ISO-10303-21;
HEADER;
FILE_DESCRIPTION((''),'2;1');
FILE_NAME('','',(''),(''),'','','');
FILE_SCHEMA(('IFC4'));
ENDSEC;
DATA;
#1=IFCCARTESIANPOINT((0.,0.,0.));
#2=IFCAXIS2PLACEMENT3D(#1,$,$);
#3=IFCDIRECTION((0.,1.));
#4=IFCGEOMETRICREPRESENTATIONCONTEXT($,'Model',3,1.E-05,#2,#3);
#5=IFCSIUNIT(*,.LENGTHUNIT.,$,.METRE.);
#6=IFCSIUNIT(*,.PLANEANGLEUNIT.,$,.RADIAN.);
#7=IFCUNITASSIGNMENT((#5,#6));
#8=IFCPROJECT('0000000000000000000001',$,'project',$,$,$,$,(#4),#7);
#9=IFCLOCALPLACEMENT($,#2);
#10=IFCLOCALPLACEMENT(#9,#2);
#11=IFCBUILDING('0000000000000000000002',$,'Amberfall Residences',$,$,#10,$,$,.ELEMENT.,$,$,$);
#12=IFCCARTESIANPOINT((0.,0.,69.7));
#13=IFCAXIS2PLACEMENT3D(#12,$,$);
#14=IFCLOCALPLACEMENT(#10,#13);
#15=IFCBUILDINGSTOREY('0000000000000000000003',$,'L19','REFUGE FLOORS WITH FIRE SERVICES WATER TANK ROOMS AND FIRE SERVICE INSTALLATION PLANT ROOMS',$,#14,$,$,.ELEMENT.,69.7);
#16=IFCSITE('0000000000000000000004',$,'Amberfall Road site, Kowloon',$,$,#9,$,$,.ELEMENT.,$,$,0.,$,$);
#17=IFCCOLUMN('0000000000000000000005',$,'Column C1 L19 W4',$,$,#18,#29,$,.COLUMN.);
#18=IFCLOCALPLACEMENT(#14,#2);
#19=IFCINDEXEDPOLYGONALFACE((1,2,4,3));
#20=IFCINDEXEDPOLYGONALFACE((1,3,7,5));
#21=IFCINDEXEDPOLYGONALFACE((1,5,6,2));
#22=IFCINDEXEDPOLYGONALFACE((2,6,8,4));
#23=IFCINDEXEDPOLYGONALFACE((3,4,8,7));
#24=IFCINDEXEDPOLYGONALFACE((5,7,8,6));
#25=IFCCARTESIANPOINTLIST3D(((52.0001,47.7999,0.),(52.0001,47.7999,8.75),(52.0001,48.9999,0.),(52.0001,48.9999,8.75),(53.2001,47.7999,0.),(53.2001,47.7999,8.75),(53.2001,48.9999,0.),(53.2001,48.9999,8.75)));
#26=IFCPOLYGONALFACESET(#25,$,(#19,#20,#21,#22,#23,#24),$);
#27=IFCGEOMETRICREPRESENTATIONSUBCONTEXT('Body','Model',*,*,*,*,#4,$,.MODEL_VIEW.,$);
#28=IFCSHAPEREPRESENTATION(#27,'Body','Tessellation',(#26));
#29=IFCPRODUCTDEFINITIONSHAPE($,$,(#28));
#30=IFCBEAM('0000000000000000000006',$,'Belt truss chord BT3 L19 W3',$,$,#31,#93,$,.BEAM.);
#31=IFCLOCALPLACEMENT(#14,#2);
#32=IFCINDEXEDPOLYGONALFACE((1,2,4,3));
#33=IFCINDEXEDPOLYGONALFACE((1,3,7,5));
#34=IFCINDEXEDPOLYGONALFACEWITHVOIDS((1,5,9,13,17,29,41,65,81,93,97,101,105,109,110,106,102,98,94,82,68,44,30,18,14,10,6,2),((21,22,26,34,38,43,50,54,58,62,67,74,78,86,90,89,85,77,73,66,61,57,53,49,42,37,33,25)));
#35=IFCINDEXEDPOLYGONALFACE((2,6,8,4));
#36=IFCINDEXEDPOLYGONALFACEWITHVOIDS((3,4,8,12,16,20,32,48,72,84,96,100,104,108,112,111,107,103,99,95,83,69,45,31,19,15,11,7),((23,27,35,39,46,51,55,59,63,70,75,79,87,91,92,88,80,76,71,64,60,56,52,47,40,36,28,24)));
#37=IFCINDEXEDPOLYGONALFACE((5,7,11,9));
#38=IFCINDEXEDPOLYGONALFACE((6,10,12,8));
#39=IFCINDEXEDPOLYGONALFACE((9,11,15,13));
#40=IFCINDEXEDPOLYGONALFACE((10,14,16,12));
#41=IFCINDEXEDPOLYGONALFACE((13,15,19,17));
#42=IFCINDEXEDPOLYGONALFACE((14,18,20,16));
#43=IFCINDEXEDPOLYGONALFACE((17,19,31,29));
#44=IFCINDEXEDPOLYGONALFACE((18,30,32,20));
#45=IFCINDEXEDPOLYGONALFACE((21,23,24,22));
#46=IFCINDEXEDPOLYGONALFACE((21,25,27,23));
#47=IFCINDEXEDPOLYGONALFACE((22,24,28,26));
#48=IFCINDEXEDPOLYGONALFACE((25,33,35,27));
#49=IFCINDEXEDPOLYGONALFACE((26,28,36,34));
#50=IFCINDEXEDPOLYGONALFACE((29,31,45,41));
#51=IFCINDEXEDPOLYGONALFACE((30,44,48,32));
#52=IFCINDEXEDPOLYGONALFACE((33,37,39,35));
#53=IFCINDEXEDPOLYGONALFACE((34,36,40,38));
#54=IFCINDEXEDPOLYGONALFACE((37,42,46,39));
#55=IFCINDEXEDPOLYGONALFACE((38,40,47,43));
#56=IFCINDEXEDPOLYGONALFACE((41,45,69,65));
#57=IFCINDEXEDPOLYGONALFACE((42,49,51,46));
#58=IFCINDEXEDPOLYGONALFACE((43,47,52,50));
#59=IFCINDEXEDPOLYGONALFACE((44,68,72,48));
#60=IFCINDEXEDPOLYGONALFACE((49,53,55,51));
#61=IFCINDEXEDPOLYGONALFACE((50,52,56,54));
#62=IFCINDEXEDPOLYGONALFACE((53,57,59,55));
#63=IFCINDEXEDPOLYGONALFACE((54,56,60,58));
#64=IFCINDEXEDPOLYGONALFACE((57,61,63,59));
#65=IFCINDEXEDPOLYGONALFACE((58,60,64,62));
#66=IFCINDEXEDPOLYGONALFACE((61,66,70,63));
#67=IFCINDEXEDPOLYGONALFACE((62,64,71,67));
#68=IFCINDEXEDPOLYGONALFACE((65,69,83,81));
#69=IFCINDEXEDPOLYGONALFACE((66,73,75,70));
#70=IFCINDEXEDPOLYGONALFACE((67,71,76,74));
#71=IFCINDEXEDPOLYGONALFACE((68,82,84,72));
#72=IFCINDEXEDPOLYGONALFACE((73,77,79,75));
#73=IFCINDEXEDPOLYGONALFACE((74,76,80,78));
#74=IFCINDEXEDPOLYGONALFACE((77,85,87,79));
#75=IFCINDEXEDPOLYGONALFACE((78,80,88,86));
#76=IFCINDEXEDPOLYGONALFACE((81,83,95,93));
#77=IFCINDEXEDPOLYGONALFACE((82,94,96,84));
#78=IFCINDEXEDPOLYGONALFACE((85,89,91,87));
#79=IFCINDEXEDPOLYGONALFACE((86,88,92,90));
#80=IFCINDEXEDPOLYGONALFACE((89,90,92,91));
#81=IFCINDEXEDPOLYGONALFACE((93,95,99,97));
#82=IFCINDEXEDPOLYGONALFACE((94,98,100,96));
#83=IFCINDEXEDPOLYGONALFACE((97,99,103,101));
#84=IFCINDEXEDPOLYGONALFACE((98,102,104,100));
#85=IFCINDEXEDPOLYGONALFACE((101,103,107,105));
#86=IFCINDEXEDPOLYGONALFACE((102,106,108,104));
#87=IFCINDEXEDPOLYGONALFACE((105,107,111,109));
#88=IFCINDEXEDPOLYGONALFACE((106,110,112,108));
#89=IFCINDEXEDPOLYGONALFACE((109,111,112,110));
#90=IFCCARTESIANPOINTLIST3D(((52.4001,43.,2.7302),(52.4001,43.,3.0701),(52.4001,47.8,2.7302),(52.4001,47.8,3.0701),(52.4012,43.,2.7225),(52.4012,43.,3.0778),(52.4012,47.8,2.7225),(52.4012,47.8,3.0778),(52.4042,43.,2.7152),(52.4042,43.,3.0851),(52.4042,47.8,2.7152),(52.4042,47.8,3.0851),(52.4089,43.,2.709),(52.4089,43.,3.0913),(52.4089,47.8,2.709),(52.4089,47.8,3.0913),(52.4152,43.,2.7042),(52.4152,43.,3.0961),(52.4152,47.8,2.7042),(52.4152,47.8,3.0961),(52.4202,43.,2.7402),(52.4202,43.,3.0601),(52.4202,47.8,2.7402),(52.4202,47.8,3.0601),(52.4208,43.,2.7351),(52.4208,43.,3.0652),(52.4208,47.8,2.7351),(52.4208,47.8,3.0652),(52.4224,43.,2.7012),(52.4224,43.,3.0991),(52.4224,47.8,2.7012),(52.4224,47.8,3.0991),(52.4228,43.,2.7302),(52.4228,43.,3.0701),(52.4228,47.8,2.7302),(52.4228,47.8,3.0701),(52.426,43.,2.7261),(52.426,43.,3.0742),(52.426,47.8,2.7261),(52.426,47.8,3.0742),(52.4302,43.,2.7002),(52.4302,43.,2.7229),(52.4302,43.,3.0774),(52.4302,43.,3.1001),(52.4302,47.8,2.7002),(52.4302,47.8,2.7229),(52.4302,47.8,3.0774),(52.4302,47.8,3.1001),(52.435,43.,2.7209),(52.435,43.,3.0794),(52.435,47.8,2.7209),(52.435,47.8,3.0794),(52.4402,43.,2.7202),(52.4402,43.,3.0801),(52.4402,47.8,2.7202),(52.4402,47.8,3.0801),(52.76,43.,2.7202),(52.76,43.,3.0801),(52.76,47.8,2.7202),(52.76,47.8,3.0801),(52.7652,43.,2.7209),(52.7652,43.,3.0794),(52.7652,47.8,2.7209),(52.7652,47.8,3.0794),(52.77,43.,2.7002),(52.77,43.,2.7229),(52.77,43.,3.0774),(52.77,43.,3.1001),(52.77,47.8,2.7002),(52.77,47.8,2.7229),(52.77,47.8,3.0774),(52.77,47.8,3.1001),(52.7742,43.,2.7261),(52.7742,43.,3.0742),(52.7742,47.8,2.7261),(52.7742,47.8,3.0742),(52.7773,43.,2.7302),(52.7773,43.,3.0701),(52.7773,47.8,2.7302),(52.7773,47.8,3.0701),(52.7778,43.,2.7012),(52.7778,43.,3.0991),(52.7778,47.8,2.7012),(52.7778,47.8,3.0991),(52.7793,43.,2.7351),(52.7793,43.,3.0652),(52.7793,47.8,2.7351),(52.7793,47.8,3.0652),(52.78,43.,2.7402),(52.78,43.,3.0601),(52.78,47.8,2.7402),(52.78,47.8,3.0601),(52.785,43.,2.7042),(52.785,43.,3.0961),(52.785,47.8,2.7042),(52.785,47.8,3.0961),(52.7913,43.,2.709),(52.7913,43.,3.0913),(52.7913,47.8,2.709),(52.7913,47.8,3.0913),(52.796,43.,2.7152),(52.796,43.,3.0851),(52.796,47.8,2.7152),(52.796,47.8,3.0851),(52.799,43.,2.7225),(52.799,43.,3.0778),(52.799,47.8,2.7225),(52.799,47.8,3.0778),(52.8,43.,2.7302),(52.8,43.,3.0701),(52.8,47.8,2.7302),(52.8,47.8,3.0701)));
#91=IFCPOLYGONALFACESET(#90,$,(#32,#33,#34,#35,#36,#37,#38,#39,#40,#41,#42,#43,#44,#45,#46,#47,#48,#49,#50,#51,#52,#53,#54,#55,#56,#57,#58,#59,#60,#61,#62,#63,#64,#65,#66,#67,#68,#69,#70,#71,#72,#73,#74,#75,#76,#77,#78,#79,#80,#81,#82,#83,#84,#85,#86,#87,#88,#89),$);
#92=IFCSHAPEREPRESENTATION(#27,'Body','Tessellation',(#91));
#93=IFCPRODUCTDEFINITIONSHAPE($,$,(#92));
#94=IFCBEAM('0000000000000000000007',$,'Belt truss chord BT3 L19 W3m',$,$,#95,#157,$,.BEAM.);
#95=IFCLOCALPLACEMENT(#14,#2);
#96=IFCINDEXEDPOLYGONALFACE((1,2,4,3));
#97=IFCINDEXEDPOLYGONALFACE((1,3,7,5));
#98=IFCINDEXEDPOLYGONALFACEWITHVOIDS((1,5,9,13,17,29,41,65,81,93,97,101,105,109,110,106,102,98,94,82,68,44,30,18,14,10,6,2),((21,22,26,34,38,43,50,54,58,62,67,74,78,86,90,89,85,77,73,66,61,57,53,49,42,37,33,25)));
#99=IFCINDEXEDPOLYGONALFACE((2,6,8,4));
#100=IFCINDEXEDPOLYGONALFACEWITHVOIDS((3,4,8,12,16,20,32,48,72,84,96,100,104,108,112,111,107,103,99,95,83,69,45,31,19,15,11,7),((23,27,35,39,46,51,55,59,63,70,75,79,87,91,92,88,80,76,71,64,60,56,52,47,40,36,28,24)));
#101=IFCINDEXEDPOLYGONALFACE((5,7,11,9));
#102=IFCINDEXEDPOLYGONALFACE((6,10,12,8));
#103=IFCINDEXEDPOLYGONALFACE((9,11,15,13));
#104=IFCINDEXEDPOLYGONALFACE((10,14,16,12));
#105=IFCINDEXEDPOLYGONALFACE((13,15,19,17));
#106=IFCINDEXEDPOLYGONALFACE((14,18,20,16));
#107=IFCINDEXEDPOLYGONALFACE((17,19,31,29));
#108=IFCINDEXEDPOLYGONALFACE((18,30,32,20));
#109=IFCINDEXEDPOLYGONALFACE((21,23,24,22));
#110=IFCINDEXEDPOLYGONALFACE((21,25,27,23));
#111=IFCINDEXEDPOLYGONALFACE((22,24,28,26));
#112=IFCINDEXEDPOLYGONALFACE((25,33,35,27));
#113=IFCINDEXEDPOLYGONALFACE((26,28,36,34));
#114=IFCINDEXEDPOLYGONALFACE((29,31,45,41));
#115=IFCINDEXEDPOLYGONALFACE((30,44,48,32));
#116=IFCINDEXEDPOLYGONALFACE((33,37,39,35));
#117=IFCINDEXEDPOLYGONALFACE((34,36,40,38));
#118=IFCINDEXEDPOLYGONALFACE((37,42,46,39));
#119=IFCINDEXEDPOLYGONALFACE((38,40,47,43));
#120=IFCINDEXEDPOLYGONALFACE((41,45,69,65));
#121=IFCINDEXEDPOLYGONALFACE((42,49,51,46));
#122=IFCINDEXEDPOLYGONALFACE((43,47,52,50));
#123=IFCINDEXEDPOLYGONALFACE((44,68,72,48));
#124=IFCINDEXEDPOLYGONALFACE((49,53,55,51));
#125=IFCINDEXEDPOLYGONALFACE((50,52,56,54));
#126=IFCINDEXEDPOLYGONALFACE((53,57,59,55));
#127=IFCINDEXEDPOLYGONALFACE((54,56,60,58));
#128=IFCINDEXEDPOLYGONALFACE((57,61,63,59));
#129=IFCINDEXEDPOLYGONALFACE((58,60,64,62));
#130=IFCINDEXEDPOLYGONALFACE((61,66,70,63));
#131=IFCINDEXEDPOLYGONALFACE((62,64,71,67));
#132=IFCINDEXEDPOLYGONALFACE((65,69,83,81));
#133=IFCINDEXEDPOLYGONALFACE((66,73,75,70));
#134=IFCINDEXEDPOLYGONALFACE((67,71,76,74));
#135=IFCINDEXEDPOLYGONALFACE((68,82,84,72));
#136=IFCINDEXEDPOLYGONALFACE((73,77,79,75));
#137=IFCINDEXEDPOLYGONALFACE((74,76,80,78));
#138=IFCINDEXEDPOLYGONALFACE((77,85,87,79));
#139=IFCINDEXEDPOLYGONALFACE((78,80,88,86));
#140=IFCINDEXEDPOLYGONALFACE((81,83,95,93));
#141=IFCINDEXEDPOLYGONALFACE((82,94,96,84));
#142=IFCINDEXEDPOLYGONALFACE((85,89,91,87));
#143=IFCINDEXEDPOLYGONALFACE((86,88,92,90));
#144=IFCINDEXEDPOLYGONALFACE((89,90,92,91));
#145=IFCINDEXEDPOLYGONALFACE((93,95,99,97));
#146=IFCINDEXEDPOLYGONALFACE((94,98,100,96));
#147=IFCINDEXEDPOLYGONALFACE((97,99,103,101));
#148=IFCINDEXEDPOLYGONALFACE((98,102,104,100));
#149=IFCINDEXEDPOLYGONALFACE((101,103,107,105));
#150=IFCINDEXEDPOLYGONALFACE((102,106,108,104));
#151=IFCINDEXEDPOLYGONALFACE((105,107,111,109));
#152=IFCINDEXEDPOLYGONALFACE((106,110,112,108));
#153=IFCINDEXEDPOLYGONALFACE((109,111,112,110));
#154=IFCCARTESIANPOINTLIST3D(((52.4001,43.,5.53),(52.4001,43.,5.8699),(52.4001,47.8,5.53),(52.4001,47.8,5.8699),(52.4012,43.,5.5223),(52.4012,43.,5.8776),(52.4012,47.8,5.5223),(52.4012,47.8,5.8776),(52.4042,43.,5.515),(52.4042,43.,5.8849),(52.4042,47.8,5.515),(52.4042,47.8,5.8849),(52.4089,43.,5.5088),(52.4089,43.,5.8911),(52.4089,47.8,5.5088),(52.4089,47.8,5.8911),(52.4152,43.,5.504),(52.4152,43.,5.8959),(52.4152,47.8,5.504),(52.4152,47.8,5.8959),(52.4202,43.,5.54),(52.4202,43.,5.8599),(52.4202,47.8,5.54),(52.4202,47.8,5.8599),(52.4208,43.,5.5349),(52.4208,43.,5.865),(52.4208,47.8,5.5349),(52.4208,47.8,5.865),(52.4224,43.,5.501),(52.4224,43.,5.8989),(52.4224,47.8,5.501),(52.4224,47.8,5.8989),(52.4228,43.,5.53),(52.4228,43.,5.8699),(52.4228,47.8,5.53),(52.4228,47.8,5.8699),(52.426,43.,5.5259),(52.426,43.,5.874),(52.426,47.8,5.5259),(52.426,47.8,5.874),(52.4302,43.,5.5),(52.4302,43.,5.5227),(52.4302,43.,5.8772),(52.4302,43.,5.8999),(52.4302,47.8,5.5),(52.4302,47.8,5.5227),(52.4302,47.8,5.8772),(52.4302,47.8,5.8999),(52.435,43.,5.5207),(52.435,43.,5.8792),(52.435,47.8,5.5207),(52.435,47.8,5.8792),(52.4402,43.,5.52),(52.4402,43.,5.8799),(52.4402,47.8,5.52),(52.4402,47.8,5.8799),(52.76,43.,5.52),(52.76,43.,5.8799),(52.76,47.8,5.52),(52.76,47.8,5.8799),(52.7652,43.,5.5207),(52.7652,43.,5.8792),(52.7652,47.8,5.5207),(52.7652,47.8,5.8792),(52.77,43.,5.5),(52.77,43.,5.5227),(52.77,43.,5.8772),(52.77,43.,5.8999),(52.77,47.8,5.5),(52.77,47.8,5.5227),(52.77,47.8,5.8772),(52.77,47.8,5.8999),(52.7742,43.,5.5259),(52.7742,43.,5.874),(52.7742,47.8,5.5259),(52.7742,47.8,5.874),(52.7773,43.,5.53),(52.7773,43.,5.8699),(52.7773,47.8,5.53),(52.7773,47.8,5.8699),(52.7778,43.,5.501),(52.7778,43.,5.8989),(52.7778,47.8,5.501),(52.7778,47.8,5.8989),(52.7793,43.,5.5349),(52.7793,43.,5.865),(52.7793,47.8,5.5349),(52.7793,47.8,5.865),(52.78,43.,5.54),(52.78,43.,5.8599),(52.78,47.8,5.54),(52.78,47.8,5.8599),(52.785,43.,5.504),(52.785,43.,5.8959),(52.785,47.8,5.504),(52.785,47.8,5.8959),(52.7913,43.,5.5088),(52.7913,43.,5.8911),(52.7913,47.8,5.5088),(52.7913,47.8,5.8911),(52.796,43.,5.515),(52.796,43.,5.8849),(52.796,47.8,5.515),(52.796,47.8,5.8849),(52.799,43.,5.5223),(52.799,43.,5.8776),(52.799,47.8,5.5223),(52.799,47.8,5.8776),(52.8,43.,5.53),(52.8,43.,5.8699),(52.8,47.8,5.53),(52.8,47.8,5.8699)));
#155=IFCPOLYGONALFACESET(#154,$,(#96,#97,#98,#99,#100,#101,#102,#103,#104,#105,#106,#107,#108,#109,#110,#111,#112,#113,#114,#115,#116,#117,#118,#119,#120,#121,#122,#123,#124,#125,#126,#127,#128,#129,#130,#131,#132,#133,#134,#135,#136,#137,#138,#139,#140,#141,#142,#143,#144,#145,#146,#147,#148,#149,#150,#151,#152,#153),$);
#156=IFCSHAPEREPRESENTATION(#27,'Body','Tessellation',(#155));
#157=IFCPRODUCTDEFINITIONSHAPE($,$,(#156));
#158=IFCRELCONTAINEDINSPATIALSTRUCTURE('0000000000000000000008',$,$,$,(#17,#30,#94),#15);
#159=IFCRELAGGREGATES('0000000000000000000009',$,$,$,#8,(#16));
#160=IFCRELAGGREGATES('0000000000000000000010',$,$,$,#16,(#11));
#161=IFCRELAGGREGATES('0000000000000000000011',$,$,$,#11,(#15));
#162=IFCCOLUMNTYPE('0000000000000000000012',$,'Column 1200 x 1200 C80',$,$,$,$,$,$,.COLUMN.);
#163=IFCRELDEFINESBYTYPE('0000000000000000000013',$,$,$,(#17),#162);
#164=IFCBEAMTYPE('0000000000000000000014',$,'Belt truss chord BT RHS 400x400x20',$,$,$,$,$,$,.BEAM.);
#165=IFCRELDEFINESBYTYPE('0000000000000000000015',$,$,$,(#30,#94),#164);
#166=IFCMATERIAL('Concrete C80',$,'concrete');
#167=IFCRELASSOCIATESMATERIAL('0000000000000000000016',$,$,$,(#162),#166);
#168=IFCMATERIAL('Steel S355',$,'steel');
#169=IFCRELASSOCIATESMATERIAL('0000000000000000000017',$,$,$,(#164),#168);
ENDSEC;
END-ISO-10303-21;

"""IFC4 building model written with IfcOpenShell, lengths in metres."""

from ifc_helpers import new_model, si_unit, direction, frame, origin, origin_2d, place, context, subcontext, project, spatial, rectangle, hollow_rectangle, extrude, material, material_profile, profile_set, type_object, element, save


model = new_model("IFC4")

# Units and contexts
model_context = context("Model", 3, precision=1e-05, world=origin(), true_north=direction((0.0, 1.0)))
body_context = subcontext(model_context, "Body", "Model", "MODEL_VIEW")
ifc_project = project(units=[si_unit("LENGTHUNIT", "METRE"), si_unit("PLANEANGLEUNIT", "RADIAN")], contexts=[model_context])

# Site, building, storey
site_placement = place(None, origin())
site = spatial("IfcSite", under=ifc_project, at=site_placement, Name="Amberfall Road site, Kowloon", CompositionType="ELEMENT", RefElevation=0.0)
building_placement = place(site_placement, origin())
building = spatial("IfcBuilding", under=site, at=building_placement, Name="Amberfall Residences", CompositionType="ELEMENT")
storey_placement = place(building_placement, frame((0.0, 0.0, 69.7)))
storey = spatial("IfcBuildingStorey", under=building, at=storey_placement, Name="L19", Description="REFUGE FLOORS WITH FIRE SERVICES WATER TANK ROOMS AND FIRE SERVICE INSTALLATION PLANT ROOMS", CompositionType="ELEMENT", Elevation=69.7)

# Column
ifc_material_1 = material(Name="Concrete C80", Category="concrete")
ifc_material_profile_1 = material_profile(ifc_material_1, rectangle(XDim=1.2, YDim=1.2, at=origin_2d()), Name="Column 1200 x 1200 C80")
ifc_profile_set_1 = profile_set([ifc_material_profile_1], Name="Concrete C80")
column_type = type_object("IfcColumnType", Name="Column 1200 x 1200 C80", PredefinedType="COLUMN", material=ifc_profile_set_1)
column_placement = place(storey_placement, frame((52.6001, 48.3999, 0.0), z_axis=(0.0, 0.0, 1.0), x_axis=(1.0, 0.0, 0.0)))
element("IfcColumn", 1, at=column_placement, inside=storey, type_object=column_type, Name="Column C1 L19 W4", PredefinedType="COLUMN", context=body_context, shape_type="SweptSolid", body=[
    extrude(rectangle(XDim=1.2, YDim=1.2, at=origin_2d()), origin(), (0.0, 0.0, 1.0), 8.75),
])

# Beams
ifc_material_2 = material(Name="Steel S355", Category="steel")
ifc_material_profile_2 = material_profile(ifc_material_2, hollow_rectangle(XDim=0.3999, YDim=0.3999, WallThickness=0.02, InnerFilletRadius=0.02, OuterFilletRadius=0.03, at=origin_2d()), Name="RHS 400x400x20")
ifc_profile_set_2 = profile_set([ifc_material_profile_2], Name="Steel S355")
beam_type_1 = type_object("IfcBeamType", Name="Belt truss chord BT RHS 400x400x20", PredefinedType="BEAM", material=ifc_profile_set_2)
for number, where, z_axis, x_axis, name in (
    (2, (52.6001, 43.0, 2.9001), (0.0, 1.0, 0.0), (-1.0, 0.0, 0.0), "Belt truss chord BT3 L19 W3"),
    (3, (52.6001, 43.0, 5.7), (0.0, 1.0, 0.0), (-1.0, 0.0, 0.0), "Belt truss chord BT3 L19 W3m"),
):
    element("IfcBeam", number, at=place(storey_placement, frame(where, z_axis=z_axis, x_axis=x_axis)), inside=storey, type_object=beam_type_1, Name=name, PredefinedType="BEAM", context=body_context, shape_type="SweptSolid", body=[
        extrude(hollow_rectangle(XDim=0.3999, YDim=0.3999, WallThickness=0.02, InnerFilletRadius=0.02, OuterFilletRadius=0.03, at=origin_2d()), origin(), (0.0, 0.0, 1.0), 4.8),
    ])

save(model, "model.ifc")
